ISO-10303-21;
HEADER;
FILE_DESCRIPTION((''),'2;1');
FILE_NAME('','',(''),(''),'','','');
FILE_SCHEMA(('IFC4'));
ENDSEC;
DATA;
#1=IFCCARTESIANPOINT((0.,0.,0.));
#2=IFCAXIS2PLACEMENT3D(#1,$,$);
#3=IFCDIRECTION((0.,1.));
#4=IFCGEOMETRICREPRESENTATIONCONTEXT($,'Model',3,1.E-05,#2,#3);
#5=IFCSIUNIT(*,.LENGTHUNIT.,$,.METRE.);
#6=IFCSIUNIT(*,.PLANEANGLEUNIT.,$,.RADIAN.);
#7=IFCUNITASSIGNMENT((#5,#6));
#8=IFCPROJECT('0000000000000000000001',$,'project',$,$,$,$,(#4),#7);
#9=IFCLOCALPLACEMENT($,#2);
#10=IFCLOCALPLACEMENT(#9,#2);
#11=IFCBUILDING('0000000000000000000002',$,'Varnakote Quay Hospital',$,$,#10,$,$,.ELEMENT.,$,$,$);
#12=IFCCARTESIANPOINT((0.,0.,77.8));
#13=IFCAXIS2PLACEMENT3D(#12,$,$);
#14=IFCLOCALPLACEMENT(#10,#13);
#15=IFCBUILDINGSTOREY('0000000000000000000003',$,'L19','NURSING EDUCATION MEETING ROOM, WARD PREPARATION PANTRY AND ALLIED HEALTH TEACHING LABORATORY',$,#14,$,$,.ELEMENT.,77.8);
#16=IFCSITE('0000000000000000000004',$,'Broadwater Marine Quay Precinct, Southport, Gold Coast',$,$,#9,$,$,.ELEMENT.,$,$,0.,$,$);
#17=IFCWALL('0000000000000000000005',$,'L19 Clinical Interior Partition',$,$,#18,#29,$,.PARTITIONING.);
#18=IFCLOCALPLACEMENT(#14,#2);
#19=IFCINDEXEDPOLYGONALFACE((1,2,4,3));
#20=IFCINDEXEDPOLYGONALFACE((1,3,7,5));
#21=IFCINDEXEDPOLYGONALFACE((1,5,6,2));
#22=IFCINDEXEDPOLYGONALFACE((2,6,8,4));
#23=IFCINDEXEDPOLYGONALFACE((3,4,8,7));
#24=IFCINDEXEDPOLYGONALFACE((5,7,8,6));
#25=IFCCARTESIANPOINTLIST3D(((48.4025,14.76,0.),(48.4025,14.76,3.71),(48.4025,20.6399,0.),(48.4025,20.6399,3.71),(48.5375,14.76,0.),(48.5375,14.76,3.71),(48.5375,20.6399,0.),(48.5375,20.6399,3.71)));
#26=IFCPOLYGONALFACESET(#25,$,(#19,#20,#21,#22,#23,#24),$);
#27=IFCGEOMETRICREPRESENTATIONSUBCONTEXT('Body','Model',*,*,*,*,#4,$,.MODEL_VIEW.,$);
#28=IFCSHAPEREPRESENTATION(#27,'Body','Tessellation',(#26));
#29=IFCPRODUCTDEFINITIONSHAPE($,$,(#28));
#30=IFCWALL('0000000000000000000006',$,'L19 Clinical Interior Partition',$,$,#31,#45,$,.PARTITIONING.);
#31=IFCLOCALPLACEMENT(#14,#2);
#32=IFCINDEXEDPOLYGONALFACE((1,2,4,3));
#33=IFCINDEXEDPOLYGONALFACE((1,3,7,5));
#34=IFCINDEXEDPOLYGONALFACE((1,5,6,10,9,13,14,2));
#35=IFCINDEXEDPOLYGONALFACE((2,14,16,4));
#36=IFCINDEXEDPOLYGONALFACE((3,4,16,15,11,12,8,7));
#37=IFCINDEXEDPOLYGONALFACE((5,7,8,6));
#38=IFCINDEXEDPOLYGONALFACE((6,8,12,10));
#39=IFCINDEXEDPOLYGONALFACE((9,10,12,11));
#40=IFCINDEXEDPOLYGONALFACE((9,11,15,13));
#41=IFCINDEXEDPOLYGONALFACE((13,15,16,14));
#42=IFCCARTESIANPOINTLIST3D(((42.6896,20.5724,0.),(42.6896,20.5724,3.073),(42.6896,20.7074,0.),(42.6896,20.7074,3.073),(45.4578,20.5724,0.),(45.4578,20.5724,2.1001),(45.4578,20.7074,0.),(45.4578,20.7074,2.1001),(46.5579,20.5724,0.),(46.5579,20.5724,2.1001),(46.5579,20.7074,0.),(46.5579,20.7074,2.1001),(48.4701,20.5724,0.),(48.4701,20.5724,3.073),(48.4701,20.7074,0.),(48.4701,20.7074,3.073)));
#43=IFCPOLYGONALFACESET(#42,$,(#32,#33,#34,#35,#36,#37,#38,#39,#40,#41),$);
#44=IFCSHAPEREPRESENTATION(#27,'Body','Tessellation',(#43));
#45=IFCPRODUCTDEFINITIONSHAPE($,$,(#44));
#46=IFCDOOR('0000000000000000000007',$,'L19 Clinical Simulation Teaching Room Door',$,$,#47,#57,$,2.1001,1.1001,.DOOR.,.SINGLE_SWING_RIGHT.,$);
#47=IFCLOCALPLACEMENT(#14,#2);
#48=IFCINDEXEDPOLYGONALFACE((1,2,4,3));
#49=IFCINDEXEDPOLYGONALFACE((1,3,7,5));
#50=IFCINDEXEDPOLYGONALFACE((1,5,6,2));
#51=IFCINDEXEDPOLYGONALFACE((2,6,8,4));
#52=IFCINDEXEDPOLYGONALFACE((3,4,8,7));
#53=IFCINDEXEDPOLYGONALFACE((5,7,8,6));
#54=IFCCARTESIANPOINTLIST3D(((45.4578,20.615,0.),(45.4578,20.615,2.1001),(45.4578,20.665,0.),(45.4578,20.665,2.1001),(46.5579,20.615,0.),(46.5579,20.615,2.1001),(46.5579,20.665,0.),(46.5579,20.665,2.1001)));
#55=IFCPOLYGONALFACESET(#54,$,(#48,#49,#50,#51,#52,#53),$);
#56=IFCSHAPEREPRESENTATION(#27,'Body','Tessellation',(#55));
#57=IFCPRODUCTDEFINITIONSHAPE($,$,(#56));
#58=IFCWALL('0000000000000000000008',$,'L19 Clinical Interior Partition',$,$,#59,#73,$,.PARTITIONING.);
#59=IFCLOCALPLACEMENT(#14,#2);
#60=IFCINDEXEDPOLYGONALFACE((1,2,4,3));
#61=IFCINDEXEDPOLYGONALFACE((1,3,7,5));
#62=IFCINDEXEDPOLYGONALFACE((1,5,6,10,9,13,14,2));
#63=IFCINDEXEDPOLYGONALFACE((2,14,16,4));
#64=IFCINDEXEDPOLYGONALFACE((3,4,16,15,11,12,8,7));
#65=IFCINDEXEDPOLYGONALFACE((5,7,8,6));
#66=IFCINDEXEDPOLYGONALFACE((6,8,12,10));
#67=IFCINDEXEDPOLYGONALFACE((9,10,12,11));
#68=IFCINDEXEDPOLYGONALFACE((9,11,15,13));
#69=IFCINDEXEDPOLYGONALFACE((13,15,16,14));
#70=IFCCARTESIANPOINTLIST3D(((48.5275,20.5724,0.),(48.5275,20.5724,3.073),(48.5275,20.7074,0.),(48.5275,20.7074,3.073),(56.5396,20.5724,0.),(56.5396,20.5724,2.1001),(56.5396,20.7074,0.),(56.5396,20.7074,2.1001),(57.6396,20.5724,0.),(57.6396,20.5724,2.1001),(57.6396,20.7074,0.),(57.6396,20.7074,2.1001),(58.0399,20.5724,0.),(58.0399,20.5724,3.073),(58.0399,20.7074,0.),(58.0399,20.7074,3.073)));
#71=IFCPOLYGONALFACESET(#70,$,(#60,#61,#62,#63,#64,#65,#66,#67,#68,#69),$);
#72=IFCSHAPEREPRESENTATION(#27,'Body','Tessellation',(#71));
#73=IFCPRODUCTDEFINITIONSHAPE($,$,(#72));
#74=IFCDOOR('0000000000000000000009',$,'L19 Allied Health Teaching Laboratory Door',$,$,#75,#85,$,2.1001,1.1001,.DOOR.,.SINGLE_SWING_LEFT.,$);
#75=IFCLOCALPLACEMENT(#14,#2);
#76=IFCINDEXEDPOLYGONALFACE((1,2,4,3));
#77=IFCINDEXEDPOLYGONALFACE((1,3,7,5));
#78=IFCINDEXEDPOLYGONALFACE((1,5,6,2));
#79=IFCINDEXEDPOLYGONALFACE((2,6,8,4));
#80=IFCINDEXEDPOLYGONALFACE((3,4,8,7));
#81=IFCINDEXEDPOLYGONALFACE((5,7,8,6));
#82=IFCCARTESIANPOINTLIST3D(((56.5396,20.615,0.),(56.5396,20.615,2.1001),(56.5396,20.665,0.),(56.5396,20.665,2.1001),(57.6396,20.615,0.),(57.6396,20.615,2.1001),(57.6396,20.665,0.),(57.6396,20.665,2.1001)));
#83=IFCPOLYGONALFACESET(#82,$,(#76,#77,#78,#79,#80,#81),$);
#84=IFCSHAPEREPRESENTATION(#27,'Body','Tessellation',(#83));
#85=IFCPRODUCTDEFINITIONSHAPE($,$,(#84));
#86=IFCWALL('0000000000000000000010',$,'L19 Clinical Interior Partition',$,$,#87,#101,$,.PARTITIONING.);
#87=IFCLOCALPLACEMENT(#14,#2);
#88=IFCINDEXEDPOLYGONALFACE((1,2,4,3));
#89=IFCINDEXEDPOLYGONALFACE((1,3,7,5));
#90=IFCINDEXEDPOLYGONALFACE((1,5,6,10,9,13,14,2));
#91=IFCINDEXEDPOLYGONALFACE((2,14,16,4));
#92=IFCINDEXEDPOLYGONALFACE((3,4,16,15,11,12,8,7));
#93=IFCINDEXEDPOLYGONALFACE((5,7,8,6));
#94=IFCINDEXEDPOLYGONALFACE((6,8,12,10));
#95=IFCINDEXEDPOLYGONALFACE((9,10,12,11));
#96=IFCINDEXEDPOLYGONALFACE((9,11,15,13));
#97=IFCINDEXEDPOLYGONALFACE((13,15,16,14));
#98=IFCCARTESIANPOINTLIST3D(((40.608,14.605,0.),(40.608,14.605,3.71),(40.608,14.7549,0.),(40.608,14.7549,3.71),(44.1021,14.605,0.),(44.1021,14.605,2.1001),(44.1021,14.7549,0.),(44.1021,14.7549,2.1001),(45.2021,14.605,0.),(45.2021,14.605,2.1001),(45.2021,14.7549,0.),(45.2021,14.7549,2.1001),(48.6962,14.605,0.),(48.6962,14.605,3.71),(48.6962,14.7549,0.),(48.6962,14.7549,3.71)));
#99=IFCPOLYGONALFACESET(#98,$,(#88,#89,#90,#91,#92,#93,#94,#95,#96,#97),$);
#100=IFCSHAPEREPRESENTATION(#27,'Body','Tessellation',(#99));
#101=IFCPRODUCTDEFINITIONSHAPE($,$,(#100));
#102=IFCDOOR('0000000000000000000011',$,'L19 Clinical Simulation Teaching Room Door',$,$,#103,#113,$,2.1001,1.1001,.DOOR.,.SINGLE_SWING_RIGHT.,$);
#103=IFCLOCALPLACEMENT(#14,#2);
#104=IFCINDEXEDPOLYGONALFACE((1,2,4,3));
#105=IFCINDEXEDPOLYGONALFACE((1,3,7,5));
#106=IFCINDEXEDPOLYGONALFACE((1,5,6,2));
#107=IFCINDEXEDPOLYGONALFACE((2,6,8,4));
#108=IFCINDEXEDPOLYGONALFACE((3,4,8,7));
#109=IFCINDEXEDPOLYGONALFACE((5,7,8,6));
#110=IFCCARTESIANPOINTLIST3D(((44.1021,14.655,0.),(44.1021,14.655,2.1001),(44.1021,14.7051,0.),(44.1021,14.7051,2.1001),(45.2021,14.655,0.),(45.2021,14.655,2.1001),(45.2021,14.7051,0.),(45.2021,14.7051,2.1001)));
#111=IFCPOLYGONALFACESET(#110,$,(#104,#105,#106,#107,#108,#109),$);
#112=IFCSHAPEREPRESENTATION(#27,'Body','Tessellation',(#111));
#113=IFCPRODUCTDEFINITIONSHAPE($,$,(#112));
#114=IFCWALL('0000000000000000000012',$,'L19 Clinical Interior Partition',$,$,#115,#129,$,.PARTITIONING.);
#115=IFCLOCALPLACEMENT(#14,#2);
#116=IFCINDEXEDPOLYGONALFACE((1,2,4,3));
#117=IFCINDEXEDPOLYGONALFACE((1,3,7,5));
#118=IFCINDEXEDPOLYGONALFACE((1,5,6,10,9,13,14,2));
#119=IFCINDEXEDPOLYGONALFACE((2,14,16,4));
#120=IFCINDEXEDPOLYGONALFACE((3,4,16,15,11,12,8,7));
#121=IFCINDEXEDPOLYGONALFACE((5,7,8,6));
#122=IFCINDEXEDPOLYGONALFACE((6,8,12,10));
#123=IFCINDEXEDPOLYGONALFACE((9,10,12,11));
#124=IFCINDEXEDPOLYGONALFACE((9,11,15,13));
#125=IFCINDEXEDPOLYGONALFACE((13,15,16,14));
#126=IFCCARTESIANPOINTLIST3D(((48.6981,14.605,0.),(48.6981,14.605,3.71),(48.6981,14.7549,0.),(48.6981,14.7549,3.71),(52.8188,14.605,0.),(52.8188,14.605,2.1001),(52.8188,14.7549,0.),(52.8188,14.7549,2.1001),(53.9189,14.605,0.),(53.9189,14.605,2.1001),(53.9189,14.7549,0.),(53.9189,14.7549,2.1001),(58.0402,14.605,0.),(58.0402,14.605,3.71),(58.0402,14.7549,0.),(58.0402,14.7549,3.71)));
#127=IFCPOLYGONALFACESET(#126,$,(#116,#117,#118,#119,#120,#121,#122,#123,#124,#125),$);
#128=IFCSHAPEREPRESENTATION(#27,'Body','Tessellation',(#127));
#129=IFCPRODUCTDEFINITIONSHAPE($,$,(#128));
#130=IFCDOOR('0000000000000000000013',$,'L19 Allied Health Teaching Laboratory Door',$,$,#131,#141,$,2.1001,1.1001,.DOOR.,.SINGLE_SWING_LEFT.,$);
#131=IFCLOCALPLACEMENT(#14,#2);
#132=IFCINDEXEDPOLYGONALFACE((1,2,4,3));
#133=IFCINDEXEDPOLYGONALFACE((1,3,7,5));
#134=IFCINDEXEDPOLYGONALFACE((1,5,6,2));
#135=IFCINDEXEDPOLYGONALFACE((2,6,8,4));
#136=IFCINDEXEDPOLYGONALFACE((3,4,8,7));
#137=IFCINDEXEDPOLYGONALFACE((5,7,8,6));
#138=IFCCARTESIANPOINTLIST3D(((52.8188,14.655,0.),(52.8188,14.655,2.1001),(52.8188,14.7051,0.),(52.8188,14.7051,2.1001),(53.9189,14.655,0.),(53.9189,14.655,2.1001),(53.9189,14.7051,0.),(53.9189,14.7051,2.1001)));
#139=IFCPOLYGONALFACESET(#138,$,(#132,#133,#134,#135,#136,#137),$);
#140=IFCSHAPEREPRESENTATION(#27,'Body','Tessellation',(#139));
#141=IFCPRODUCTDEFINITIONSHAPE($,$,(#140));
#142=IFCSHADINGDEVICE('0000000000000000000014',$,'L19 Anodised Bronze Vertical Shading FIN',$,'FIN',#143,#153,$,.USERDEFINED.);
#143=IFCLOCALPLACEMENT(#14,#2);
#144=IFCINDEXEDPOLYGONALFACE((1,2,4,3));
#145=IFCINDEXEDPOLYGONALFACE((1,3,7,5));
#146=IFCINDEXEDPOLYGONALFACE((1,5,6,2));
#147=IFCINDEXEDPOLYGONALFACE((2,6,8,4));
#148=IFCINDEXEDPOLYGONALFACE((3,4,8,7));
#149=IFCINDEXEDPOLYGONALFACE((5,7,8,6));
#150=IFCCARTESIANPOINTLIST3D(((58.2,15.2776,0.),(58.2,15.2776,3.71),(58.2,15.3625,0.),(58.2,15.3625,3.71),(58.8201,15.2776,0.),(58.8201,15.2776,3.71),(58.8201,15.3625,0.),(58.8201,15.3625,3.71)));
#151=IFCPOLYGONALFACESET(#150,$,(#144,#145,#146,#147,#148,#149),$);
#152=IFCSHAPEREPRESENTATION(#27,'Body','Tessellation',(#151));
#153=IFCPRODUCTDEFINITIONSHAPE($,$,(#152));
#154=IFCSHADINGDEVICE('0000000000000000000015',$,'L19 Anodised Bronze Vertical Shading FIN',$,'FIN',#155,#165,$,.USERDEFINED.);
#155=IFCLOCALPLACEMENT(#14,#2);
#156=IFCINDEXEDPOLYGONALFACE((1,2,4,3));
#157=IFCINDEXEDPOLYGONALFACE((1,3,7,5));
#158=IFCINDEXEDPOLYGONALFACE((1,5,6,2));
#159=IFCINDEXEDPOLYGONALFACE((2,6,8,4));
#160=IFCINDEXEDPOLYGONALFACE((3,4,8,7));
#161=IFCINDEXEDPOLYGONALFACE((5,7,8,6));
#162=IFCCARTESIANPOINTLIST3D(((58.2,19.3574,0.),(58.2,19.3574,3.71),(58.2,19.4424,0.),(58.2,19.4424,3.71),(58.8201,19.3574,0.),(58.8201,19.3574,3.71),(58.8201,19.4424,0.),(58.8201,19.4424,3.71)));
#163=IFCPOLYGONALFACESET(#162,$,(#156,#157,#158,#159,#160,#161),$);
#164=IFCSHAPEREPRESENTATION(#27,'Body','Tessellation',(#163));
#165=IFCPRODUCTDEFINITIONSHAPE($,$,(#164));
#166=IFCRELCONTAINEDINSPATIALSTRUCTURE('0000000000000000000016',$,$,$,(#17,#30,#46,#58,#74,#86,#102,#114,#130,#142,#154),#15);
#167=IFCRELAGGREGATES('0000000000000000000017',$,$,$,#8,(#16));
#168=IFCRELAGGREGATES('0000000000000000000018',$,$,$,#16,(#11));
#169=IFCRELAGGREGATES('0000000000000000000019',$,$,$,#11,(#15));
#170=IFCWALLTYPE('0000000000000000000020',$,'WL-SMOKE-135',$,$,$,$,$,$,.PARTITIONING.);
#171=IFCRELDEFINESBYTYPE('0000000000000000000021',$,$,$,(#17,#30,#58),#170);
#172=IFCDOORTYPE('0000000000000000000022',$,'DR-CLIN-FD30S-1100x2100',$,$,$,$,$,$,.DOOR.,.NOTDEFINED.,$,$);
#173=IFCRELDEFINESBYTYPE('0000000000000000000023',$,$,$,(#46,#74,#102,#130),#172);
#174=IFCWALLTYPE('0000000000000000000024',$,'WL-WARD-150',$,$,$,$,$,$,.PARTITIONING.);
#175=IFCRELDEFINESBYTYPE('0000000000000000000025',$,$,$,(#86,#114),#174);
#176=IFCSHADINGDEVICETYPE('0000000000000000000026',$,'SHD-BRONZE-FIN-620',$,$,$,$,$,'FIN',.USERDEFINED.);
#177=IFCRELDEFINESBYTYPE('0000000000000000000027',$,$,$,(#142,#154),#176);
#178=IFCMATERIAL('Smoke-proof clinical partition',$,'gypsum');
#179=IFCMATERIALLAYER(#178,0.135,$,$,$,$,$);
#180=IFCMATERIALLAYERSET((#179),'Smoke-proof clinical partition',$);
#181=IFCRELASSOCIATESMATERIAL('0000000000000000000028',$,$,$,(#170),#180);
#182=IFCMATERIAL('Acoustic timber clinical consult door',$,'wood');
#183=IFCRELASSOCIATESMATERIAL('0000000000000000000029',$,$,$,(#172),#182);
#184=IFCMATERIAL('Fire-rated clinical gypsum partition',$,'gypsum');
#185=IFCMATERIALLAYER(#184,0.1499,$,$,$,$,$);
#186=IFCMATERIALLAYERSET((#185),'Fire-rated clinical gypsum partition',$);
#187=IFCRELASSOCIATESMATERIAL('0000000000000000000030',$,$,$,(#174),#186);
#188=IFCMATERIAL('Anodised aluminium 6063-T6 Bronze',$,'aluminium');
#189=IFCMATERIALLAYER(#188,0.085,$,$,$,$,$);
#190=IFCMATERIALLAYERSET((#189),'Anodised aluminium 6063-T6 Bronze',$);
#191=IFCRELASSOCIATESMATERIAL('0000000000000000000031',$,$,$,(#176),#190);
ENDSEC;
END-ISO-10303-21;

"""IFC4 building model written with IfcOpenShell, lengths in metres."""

from ifc_helpers import new_model, si_unit, direction, frame, frame_2d, origin, origin_2d, place, context, subcontext, project, spatial, rectangle, extrude, material, layer, layer_set, type_object, element, fill, save


model = new_model("IFC4")

# Units and contexts
model_context = context("Model", 3, precision=1e-05, world=origin(), true_north=direction((0.0, 1.0)))
body_context = subcontext(model_context, "Body", "Model", "MODEL_VIEW")
ifc_project = project(units=[si_unit("LENGTHUNIT", "METRE"), si_unit("PLANEANGLEUNIT", "RADIAN")], contexts=[model_context])

# Site, building, storey
site_placement = place(None, origin())
site = spatial("IfcSite", under=ifc_project, at=site_placement, Name="Broadwater Marine Quay Precinct, Southport, Gold Coast", CompositionType="ELEMENT", RefElevation=0.0)
building_placement = place(site_placement, origin())
building = spatial("IfcBuilding", under=site, at=building_placement, Name="Varnakote Quay Hospital", CompositionType="ELEMENT")
storey_placement = place(building_placement, frame((0.0, 0.0, 77.8)))
storey = spatial("IfcBuildingStorey", under=building, at=storey_placement, Name="L19", Description="NURSING EDUCATION MEETING ROOM, WARD PREPARATION PANTRY AND ALLIED HEALTH TEACHING LABORATORY", CompositionType="ELEMENT", Elevation=77.8)

# Wall
ifc_material_1 = material(Name="Smoke-proof clinical partition", Category="gypsum")
ifc_layer_1 = layer(ifc_material_1, 0.135)
ifc_layer_set_1 = layer_set([ifc_layer_1], Name="Smoke-proof clinical partition")
wall_type_1 = type_object("IfcWallType", Name="WL-SMOKE-135", PredefinedType="PARTITIONING", material=ifc_layer_set_1)
wall_1_placement = place(storey_placement, frame((48.47, 14.76, 0.0), z_axis=(0.0, 0.0, 1.0), x_axis=(0.0, 1.0, 0.0)))
element("IfcWall", 1, at=wall_1_placement, inside=storey, type_object=wall_type_1, Name="L19 Clinical Interior Partition", PredefinedType="PARTITIONING", context=body_context, shape_type="SweptSolid", body=[
    extrude(rectangle(XDim=5.8799, YDim=0.135, at=frame_2d((2.9399, 0.0))), origin(), (0.0, 0.0, 1.0), 3.71),
])

# Walls, openings, doors
wall_2_placement = place(storey_placement, frame((48.47, 20.6399, 0.0), z_axis=(0.0, 0.0, 1.0), x_axis=(-1.0, 0.0, 0.0)))
wall_2 = element("IfcWall", 2, at=wall_2_placement, inside=storey, type_object=wall_type_1, Name="L19 Clinical Interior Partition", PredefinedType="PARTITIONING", context=body_context, shape_type="SweptSolid", body=[
    extrude(rectangle(XDim=5.7805, YDim=0.135, at=frame_2d((2.8901, 0.0))), origin(), (0.0, 0.0, 1.0), 3.073),
])
opening_1_placement = place(wall_2_placement, frame((1.9121, 0.0, 0.0)))
opening_1 = element("IfcOpeningElement", 3, at=opening_1_placement, cuts=wall_2, PredefinedType="OPENING", context=body_context, shape_type="SweptSolid", body=[
    extrude(rectangle(XDim=1.1001, YDim=2.1001, at=frame_2d((0.55, 1.05))), frame((0.0, 0.0774, 0.0), z_axis=(0.0, -1.0, 0.0), x_axis=(1.0, 0.0, 0.0)), (0.0, 0.0, 1.0), 0.155),
])
ifc_material_2 = material(Name="Acoustic timber clinical consult door", Category="wood")
door_type = type_object("IfcDoorType", Name="DR-CLIN-FD30S-1100x2100", OperationType="NOTDEFINED", PredefinedType="DOOR", material=ifc_material_2)
door_1_placement = place(opening_1_placement, origin())
door_1 = element("IfcDoor", 4, at=door_1_placement, inside=storey, type_object=door_type, Name="L19 Clinical Simulation Teaching Room Door", OperationType="SINGLE_SWING_RIGHT", OverallHeight=2.1001, OverallWidth=1.1001, PredefinedType="DOOR", context=body_context, shape_type="SweptSolid", body=[
    extrude(rectangle(XDim=1.1001, YDim=2.1001, at=frame_2d((0.55, 1.05))), frame((0.0, 0.0249, 0.0), z_axis=(0.0, -1.0, 0.0), x_axis=(1.0, 0.0, 0.0)), (0.0, 0.0, 1.0), 0.05),
])
fill(opening_1, door_1)
wall_3_placement = place(storey_placement, frame((58.04, 20.6399, 0.0), z_axis=(0.0, 0.0, 1.0), x_axis=(-1.0, 0.0, 0.0)))
wall_3 = element("IfcWall", 5, at=wall_3_placement, inside=storey, type_object=wall_type_1, Name="L19 Clinical Interior Partition", PredefinedType="PARTITIONING", context=body_context, shape_type="SweptSolid", body=[
    extrude(rectangle(XDim=9.5125, YDim=0.135, at=frame_2d((4.7563, 0.0))), origin(), (0.0, 0.0, 1.0), 3.073),
])
opening_2_placement = place(wall_3_placement, frame((0.4004, 0.0, 0.0)))
opening_2 = element("IfcOpeningElement", 6, at=opening_2_placement, cuts=wall_3, PredefinedType="OPENING", context=body_context, shape_type="SweptSolid", body=[
    extrude(rectangle(XDim=1.1001, YDim=2.1001, at=frame_2d((0.55, 1.05))), frame((0.0, 0.0774, 0.0), z_axis=(0.0, -1.0, 0.0), x_axis=(1.0, 0.0, 0.0)), (0.0, 0.0, 1.0), 0.155),
])
door_2_placement = place(opening_2_placement, origin())
door_2 = element("IfcDoor", 7, at=door_2_placement, inside=storey, type_object=door_type, Name="L19 Allied Health Teaching Laboratory Door", OperationType="SINGLE_SWING_LEFT", OverallHeight=2.1001, OverallWidth=1.1001, PredefinedType="DOOR", context=body_context, shape_type="SweptSolid", body=[
    extrude(rectangle(XDim=1.1001, YDim=2.1001, at=frame_2d((0.55, 1.05))), frame((0.0, 0.0249, 0.0), z_axis=(0.0, -1.0, 0.0), x_axis=(1.0, 0.0, 0.0)), (0.0, 0.0, 1.0), 0.05),
])
fill(opening_2, door_2)
ifc_material_3 = material(Name="Fire-rated clinical gypsum partition", Category="gypsum")
ifc_layer_2 = layer(ifc_material_3, 0.1499)
ifc_layer_set_2 = layer_set([ifc_layer_2], Name="Fire-rated clinical gypsum partition")
wall_type_2 = type_object("IfcWallType", Name="WL-WARD-150", PredefinedType="PARTITIONING", material=ifc_layer_set_2)
wall_4_placement = place(storey_placement, frame((48.696, 14.6799, 0.0), z_axis=(0.0, 0.0, 1.0), x_axis=(-1.0, 0.0, 0.0)))
wall_4 = element("IfcWall", 8, at=wall_4_placement, inside=storey, type_object=wall_type_2, Name="L19 Clinical Interior Partition", PredefinedType="PARTITIONING", context=body_context, shape_type="SweptSolid", body=[
    extrude(rectangle(XDim=8.0881, YDim=0.1499, at=frame_2d((4.0439, 0.0))), origin(), (0.0, 0.0, 1.0), 3.71),
])
opening_3_placement = place(wall_4_placement, frame((3.4939, 0.0, 0.0)))
opening_3 = element("IfcOpeningElement", 9, at=opening_3_placement, cuts=wall_4, PredefinedType="OPENING", context=body_context, shape_type="SweptSolid", body=[
    extrude(rectangle(XDim=1.1001, YDim=2.1001, at=frame_2d((0.55, 1.05))), frame((0.0, 0.085, 0.0), z_axis=(0.0, -1.0, 0.0), x_axis=(1.0, 0.0, 0.0)), (0.0, 0.0, 1.0), 0.1699),
])
door_3_placement = place(opening_3_placement, origin())
door_3 = element("IfcDoor", 10, at=door_3_placement, inside=storey, type_object=door_type, Name="L19 Clinical Simulation Teaching Room Door", OperationType="SINGLE_SWING_RIGHT", OverallHeight=2.1001, OverallWidth=1.1001, PredefinedType="DOOR", context=body_context, shape_type="SweptSolid", body=[
    extrude(rectangle(XDim=1.1001, YDim=2.1001, at=frame_2d((0.55, 1.05))), frame((0.0, 0.0249, 0.0), z_axis=(0.0, -1.0, 0.0), x_axis=(1.0, 0.0, 0.0)), (0.0, 0.0, 1.0), 0.05),
])
fill(opening_3, door_3)
wall_5_placement = place(storey_placement, frame((58.04, 14.6799, 0.0), z_axis=(0.0, 0.0, 1.0), x_axis=(-1.0, 0.0, 0.0)))
wall_5 = element("IfcWall", 11, at=wall_5_placement, inside=storey, type_object=wall_type_2, Name="L19 Clinical Interior Partition", PredefinedType="PARTITIONING", context=body_context, shape_type="SweptSolid", body=[
    extrude(rectangle(XDim=9.342, YDim=0.1499, at=frame_2d((4.6709, 0.0))), origin(), (0.0, 0.0, 1.0), 3.71),
])
opening_4_placement = place(wall_5_placement, frame((4.1211, 0.0, 0.0)))
opening_4 = element("IfcOpeningElement", 12, at=opening_4_placement, cuts=wall_5, PredefinedType="OPENING", context=body_context, shape_type="SweptSolid", body=[
    extrude(rectangle(XDim=1.1001, YDim=2.1001, at=frame_2d((0.55, 1.05))), frame((0.0, 0.085, 0.0), z_axis=(0.0, -1.0, 0.0), x_axis=(1.0, 0.0, 0.0)), (0.0, 0.0, 1.0), 0.1699),
])
door_4_placement = place(opening_4_placement, origin())
door_4 = element("IfcDoor", 13, at=door_4_placement, inside=storey, type_object=door_type, Name="L19 Allied Health Teaching Laboratory Door", OperationType="SINGLE_SWING_LEFT", OverallHeight=2.1001, OverallWidth=1.1001, PredefinedType="DOOR", context=body_context, shape_type="SweptSolid", body=[
    extrude(rectangle(XDim=1.1001, YDim=2.1001, at=frame_2d((0.55, 1.05))), frame((0.0, 0.0249, 0.0), z_axis=(0.0, -1.0, 0.0), x_axis=(1.0, 0.0, 0.0)), (0.0, 0.0, 1.0), 0.05),
])
fill(opening_4, door_4)

# Shading devices
ifc_material_4 = material(Name="Anodised aluminium 6063-T6 Bronze", Category="aluminium")
ifc_layer_3 = layer(ifc_material_4, 0.085)
ifc_layer_set_3 = layer_set([ifc_layer_3], Name="Anodised aluminium 6063-T6 Bronze")
shading_device_type = type_object("IfcShadingDeviceType", Name="SHD-BRONZE-FIN-620", ElementType="FIN", PredefinedType="USERDEFINED", material=ifc_layer_set_3)
for number, where, z_axis, x_axis, name in (
    (14, (58.51, 15.3201, 0.0), (0.0, 0.0, 1.0), (-1.0, 0.0, 0.0), "L19 Anodised Bronze Vertical Shading FIN"),
    (15, (58.51, 19.3999, 0.0), (0.0, 0.0, 1.0), (-1.0, 0.0, 0.0), "L19 Anodised Bronze Vertical Shading FIN"),
):
    element("IfcShadingDevice", number, at=place(storey_placement, frame(where, z_axis=z_axis, x_axis=x_axis)), inside=storey, type_object=shading_device_type, Name=name, ObjectType="FIN", PredefinedType="USERDEFINED", context=body_context, shape_type="SweptSolid", body=[
        extrude(rectangle(XDim=0.6201, YDim=0.085, at=origin_2d()), origin(), (0.0, 0.0, 1.0), 3.71),
    ])

save(model, "model.ifc")
